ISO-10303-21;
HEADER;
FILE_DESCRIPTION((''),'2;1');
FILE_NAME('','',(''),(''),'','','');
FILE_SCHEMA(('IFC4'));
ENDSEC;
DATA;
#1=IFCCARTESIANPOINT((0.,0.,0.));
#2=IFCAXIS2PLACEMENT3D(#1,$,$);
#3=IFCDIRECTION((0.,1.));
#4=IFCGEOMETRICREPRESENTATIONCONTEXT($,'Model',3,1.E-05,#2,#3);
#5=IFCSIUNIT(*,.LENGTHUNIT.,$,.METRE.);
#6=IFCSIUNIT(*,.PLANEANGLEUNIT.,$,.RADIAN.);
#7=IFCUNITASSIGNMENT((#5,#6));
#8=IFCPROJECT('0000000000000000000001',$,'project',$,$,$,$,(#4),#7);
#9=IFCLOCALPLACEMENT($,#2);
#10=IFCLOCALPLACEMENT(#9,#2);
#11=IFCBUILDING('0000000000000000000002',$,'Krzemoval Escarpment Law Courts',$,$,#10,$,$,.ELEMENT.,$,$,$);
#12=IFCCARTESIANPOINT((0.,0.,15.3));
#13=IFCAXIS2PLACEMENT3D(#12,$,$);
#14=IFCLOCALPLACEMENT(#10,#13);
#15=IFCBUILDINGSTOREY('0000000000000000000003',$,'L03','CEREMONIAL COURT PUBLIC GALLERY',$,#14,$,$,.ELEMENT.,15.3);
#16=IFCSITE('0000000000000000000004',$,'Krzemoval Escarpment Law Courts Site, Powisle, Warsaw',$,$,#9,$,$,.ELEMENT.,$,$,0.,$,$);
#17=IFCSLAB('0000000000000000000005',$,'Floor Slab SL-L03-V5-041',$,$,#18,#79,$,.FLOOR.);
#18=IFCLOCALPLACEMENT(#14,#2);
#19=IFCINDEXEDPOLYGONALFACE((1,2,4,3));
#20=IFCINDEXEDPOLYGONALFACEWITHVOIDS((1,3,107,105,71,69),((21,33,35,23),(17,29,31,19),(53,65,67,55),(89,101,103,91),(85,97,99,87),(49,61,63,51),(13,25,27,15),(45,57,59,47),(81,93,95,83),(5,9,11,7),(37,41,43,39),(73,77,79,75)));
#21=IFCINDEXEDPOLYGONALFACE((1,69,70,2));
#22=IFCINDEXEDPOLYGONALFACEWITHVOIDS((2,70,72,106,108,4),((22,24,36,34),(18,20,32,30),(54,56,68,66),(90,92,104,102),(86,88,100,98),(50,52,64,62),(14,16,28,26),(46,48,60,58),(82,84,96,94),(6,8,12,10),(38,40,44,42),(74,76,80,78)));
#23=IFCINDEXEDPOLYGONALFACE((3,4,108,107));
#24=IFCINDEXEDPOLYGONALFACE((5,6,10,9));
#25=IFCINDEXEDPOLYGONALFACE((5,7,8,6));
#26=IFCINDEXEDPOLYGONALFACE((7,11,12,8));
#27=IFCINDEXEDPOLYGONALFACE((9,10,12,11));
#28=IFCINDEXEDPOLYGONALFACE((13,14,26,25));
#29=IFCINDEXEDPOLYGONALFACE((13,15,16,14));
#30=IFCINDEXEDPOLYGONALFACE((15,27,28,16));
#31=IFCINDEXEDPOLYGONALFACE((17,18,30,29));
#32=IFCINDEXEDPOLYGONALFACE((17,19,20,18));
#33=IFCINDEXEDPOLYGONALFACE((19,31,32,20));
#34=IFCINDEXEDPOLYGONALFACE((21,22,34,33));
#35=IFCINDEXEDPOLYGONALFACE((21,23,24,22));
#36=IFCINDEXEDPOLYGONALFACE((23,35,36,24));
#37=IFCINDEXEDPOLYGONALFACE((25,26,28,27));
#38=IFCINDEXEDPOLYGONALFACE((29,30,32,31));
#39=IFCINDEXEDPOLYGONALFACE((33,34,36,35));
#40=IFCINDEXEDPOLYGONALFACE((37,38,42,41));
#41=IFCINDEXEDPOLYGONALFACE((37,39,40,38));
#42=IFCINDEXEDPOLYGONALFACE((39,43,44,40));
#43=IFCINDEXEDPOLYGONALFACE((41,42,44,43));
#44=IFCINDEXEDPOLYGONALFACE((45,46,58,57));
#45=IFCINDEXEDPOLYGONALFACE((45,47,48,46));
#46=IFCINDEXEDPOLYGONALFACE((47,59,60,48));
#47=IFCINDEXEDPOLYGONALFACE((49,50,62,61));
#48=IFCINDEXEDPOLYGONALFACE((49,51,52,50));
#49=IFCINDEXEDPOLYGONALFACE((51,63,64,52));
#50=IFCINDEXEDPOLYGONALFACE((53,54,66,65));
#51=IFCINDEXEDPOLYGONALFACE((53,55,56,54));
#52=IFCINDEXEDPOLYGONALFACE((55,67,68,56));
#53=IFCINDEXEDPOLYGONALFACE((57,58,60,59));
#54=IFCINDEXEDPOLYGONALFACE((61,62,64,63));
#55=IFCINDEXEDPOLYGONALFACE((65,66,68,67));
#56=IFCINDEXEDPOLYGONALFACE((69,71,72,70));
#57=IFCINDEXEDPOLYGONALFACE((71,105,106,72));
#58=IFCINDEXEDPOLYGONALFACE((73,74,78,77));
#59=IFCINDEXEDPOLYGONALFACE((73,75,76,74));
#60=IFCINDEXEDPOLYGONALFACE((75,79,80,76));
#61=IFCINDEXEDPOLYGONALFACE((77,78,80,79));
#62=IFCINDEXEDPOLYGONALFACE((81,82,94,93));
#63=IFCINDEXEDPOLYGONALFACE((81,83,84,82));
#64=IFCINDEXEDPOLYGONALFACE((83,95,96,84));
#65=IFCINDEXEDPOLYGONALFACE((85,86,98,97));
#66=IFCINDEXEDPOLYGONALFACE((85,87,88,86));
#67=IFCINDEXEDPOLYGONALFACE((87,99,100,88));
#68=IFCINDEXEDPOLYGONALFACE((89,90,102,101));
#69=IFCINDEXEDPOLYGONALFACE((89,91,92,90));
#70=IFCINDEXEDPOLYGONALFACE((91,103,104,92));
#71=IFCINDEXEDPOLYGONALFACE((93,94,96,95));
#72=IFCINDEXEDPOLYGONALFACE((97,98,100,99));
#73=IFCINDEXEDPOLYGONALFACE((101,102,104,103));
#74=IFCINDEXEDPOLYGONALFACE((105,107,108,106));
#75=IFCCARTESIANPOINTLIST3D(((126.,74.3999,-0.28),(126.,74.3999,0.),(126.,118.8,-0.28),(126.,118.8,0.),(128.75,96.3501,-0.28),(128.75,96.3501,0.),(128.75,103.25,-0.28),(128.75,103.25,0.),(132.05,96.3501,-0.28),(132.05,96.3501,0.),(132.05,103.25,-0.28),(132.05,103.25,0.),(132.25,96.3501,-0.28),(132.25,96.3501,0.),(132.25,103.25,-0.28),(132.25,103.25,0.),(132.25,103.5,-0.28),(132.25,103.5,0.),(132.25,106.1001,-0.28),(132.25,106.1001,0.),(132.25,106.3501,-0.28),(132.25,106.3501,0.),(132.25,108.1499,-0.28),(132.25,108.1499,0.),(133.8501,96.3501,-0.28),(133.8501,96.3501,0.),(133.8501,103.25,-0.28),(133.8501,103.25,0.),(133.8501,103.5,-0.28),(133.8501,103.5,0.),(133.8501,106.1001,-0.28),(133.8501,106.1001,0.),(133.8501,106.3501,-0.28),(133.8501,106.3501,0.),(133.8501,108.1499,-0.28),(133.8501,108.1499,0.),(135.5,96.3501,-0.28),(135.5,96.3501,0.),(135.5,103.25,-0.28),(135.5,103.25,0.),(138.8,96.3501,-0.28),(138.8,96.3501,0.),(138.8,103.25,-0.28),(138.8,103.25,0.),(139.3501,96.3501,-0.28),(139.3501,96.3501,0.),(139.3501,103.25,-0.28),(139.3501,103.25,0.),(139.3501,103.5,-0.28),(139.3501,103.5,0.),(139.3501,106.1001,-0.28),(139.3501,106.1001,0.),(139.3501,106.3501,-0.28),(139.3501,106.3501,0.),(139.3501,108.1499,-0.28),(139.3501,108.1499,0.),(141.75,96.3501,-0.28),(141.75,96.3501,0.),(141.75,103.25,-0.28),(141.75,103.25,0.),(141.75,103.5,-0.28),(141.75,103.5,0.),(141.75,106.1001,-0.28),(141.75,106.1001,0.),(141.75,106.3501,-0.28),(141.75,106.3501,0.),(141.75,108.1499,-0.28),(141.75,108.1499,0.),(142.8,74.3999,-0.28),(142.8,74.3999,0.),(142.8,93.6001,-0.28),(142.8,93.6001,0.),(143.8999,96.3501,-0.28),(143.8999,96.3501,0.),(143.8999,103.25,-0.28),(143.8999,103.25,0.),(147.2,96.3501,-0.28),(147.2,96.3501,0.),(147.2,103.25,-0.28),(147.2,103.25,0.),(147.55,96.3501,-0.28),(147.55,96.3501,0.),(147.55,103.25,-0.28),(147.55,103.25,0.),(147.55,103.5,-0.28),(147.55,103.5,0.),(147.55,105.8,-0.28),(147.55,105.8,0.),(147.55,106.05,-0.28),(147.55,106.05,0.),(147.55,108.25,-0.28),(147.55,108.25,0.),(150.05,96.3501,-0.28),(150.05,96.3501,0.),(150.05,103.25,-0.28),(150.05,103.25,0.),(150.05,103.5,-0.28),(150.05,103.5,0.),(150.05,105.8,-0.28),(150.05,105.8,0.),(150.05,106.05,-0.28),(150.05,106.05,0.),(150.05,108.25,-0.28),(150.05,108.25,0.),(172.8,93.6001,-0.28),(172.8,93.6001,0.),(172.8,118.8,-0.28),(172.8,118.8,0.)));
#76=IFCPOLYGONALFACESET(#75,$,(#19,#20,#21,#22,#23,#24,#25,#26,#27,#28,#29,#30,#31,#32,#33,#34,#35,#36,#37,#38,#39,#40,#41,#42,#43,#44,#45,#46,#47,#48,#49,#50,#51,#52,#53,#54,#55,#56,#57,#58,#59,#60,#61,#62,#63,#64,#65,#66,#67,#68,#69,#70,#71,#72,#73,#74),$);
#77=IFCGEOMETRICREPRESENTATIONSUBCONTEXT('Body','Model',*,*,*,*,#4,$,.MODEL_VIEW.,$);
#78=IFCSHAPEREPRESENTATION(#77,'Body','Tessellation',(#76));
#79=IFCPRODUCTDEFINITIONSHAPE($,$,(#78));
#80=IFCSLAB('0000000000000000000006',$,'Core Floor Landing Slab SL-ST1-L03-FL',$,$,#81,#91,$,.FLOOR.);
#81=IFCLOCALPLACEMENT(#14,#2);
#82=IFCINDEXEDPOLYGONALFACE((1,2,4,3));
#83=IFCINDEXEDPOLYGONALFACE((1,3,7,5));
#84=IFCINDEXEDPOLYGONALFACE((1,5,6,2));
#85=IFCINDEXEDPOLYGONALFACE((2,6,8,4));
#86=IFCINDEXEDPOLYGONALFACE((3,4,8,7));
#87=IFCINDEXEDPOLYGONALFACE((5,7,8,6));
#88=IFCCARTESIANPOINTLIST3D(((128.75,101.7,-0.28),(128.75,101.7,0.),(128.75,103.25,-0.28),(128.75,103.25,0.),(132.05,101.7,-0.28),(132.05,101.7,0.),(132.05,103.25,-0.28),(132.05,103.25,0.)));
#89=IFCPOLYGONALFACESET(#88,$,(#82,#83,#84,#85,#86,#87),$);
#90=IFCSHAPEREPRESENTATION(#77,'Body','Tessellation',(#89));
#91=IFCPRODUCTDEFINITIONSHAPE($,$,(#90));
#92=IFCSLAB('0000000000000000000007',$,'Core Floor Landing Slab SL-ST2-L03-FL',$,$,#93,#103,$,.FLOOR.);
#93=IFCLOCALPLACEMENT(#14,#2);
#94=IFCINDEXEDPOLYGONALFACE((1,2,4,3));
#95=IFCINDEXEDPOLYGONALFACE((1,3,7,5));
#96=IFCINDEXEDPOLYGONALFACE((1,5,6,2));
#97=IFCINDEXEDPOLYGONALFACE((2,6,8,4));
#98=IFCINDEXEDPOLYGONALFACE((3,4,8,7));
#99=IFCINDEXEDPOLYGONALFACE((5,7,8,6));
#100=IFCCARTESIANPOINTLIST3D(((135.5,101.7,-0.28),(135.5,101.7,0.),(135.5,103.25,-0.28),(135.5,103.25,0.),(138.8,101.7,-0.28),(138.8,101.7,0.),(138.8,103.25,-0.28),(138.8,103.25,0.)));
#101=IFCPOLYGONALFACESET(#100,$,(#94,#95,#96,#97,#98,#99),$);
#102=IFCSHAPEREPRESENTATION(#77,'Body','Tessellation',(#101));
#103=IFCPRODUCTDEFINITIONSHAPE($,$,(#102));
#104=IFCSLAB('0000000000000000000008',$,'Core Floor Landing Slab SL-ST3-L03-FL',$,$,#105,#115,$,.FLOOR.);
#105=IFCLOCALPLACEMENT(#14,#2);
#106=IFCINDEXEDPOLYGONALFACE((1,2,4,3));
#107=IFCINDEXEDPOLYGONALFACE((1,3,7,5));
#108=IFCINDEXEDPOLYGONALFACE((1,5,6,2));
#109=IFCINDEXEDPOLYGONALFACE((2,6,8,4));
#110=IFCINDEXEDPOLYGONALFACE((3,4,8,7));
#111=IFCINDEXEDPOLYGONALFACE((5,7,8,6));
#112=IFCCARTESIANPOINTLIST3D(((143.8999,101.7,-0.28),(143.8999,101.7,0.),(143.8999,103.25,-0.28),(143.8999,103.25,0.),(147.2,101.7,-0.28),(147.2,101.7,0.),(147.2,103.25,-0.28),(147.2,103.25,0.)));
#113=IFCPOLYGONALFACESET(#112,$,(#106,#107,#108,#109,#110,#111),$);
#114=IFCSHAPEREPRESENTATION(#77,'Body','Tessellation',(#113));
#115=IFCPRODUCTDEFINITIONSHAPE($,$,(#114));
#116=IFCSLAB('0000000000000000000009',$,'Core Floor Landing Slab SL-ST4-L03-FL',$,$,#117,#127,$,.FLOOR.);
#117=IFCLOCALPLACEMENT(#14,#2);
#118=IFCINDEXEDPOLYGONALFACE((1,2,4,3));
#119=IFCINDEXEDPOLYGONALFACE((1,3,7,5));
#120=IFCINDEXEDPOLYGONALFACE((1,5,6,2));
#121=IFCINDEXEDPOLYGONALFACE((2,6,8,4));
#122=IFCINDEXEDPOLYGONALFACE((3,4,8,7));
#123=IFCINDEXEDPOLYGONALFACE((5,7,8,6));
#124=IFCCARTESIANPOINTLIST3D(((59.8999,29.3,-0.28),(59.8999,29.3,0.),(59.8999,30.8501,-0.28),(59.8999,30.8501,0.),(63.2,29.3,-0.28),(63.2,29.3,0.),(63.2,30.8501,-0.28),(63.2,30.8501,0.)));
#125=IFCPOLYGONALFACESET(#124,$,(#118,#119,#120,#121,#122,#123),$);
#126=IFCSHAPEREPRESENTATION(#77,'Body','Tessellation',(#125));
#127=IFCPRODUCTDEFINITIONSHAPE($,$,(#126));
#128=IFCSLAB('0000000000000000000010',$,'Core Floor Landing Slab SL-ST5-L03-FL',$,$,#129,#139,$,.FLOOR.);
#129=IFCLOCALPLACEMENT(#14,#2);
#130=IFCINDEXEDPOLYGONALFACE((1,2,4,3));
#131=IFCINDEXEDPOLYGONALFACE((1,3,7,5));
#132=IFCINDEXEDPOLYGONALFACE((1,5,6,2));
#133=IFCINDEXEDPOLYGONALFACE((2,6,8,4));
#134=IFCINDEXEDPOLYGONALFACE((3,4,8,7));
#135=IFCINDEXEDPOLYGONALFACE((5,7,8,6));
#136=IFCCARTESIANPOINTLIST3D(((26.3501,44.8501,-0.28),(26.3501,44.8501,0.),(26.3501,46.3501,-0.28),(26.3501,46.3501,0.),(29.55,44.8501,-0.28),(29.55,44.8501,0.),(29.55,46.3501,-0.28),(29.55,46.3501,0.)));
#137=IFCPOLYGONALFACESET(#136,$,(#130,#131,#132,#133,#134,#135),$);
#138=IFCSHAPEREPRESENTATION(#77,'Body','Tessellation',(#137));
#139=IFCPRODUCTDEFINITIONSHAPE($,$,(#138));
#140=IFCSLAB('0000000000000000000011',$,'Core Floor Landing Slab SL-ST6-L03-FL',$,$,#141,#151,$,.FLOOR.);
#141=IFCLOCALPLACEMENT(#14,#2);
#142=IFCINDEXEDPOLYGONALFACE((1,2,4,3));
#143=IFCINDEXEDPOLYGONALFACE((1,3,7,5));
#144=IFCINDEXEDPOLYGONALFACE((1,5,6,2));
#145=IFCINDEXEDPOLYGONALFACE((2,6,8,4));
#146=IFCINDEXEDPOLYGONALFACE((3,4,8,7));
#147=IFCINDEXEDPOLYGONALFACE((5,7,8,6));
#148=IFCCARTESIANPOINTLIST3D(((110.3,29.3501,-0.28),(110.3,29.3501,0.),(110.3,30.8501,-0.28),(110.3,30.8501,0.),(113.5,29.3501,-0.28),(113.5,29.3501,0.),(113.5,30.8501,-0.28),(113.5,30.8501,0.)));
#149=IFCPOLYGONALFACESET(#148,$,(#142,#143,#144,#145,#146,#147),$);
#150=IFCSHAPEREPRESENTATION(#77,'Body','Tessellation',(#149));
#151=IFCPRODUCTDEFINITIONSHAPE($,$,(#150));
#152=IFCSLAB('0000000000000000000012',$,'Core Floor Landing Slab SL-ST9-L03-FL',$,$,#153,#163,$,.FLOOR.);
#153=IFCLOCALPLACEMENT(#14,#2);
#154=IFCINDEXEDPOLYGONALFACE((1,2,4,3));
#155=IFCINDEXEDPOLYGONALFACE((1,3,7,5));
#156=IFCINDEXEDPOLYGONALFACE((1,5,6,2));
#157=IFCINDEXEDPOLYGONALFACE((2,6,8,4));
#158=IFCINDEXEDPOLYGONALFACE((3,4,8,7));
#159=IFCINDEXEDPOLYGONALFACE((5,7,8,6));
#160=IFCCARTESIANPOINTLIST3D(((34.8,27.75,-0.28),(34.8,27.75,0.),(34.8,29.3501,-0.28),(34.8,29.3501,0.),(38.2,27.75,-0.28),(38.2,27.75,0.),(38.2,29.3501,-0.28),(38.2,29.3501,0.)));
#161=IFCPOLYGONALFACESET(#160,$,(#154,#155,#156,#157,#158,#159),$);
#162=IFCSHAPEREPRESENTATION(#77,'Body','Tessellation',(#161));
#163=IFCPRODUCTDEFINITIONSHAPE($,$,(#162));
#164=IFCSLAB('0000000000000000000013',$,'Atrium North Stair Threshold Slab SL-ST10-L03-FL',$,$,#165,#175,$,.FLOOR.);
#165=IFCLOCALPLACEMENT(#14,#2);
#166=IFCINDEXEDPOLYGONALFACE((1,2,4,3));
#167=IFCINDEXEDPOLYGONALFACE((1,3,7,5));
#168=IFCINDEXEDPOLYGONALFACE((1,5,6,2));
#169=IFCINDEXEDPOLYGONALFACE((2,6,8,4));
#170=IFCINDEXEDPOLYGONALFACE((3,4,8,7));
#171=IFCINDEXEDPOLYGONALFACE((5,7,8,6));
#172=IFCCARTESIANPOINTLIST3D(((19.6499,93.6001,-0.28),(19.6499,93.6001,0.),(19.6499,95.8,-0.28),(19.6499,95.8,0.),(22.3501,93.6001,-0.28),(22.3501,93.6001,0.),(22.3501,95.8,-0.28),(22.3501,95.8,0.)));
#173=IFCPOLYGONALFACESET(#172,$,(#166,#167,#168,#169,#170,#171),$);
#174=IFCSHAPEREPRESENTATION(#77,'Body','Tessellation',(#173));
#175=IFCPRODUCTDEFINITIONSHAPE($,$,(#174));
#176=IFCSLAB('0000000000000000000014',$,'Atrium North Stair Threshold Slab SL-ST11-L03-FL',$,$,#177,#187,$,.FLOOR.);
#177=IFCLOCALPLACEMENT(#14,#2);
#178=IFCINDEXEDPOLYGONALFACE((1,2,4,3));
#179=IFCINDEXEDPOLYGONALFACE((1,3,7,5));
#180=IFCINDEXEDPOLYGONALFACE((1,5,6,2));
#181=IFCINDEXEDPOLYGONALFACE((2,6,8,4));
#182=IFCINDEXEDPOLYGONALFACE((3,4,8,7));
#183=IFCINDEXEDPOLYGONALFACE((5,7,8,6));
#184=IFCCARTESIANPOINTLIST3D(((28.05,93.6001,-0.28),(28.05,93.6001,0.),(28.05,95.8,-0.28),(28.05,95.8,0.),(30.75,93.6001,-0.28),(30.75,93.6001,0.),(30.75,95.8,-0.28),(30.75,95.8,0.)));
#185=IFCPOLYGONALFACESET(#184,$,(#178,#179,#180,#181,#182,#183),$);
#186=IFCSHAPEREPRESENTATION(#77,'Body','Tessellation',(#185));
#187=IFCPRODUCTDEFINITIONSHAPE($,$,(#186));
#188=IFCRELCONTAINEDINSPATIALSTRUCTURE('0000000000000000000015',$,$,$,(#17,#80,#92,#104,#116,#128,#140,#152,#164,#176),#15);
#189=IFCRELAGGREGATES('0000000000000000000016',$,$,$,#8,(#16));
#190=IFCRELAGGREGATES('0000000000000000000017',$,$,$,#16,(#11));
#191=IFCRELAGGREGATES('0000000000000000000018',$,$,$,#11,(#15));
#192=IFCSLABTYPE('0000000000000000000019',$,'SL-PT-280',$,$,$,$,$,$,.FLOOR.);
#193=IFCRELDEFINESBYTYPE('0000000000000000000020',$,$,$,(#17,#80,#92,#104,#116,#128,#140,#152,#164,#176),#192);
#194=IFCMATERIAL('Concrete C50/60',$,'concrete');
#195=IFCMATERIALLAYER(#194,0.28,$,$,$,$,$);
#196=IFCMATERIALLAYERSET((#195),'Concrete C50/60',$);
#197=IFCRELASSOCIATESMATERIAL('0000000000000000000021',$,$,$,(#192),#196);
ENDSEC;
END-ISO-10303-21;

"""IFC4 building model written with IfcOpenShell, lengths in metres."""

from ifc_helpers import new_model, si_unit, direction, frame, origin, place, context, subcontext, project, spatial, polyline, outline, extrude, material, layer, layer_set, type_object, element, save


model = new_model("IFC4")

# Units and contexts
model_context = context("Model", 3, precision=1e-05, world=origin(), true_north=direction((0.0, 1.0)))
body_context = subcontext(model_context, "Body", "Model", "MODEL_VIEW")
ifc_project = project(units=[si_unit("LENGTHUNIT", "METRE"), si_unit("PLANEANGLEUNIT", "RADIAN")], contexts=[model_context])

# Site, building, storey
site_placement = place(None, origin())
site = spatial("IfcSite", under=ifc_project, at=site_placement, Name="Krzemoval Escarpment Law Courts Site, Powisle, Warsaw", CompositionType="ELEMENT", RefElevation=0.0)
building_placement = place(site_placement, origin())
building = spatial("IfcBuilding", under=site, at=building_placement, Name="Krzemoval Escarpment Law Courts", CompositionType="ELEMENT")
storey_placement = place(building_placement, frame((0.0, 0.0, 15.3)))
storey = spatial("IfcBuildingStorey", under=building, at=storey_placement, Name="L03", Description="CEREMONIAL COURT PUBLIC GALLERY", CompositionType="ELEMENT", Elevation=15.3)

# Slabs
ifc_material_1 = material(Name="Concrete C50/60", Category="concrete")
ifc_layer_1 = layer(ifc_material_1, 0.28)
ifc_layer_set_1 = layer_set([ifc_layer_1], Name="Concrete C50/60")
slab_type_1 = type_object("IfcSlabType", Name="SL-PT-280", PredefinedType="FLOOR", material=ifc_layer_set_1)
slab_1_placement = place(storey_placement, frame((0.0, 0.0, -0.28)))
element("IfcSlab", 1, at=slab_1_placement, inside=storey, type_object=slab_type_1, Name="Floor Slab SL-L03-V5-041", PredefinedType="FLOOR", context=body_context, shape_type="SweptSolid", body=[
    extrude(outline(polyline([(142.8, 93.6001), (142.8, 74.3999), (126.0, 74.3999), (126.0, 118.8), (172.8, 118.8), (172.8, 93.6001), (142.8, 93.6001)]), holes=[polyline([(133.8501, 103.5), (133.8501, 106.1001), (132.25, 106.1001), (132.25, 103.5), (133.8501, 103.5)]), polyline([(132.25, 106.3501), (133.8501, 106.3501), (133.8501, 108.1499), (132.25, 108.1499), (132.25, 106.3501)]), polyline([(132.25, 103.25), (132.25, 96.3501), (133.8501, 96.3501), (133.8501, 103.25), (132.25, 103.25)]), polyline([(141.75, 106.1001), (139.3501, 106.1001), (139.3501, 103.5), (141.75, 103.5), (141.75, 106.1001)]), polyline([(141.75, 106.3501), (141.75, 108.1499), (139.3501, 108.1499), (139.3501, 106.3501), (141.75, 106.3501)]), polyline([(139.3501, 96.3501), (141.75, 96.3501), (141.75, 103.25), (139.3501, 103.25), (139.3501, 96.3501)]), polyline([(147.55, 105.8), (147.55, 103.5), (150.05, 103.5), (150.05, 105.8), (147.55, 105.8)]), polyline([(150.05, 108.25), (147.55, 108.25), (147.55, 106.05), (150.05, 106.05), (150.05, 108.25)]), polyline([(150.05, 96.3501), (150.05, 103.25), (147.55, 103.25), (147.55, 96.3501), (150.05, 96.3501)]), polyline([(128.75, 96.3501), (132.05, 96.3501), (132.05, 103.25), (128.75, 103.25), (128.75, 96.3501)]), polyline([(135.5, 103.25), (135.5, 96.3501), (138.8, 96.3501), (138.8, 103.25), (135.5, 103.25)]), polyline([(147.2, 103.25), (143.8999, 103.25), (143.8999, 96.3501), (147.2, 96.3501), (147.2, 103.25)])]), origin(), (0.0, 0.0, 1.0), 0.28),
])
slab_2_placement = place(storey_placement, frame((0.0, 0.0, -0.28)))
element("IfcSlab", 2, at=slab_2_placement, inside=storey, type_object=slab_type_1, Name="Core Floor Landing Slab SL-ST1-L03-FL", PredefinedType="FLOOR", context=body_context, shape_type="SweptSolid", body=[
    extrude(outline(polyline([(128.75, 103.25), (128.75, 101.7), (132.05, 101.7), (132.05, 103.25), (128.75, 103.25)])), origin(), (0.0, 0.0, 1.0), 0.28),
])
slab_3_placement = place(storey_placement, frame((0.0, 0.0, -0.28)))
element("IfcSlab", 3, at=slab_3_placement, inside=storey, type_object=slab_type_1, Name="Core Floor Landing Slab SL-ST2-L03-FL", PredefinedType="FLOOR", context=body_context, shape_type="SweptSolid", body=[
    extrude(outline(polyline([(135.5, 103.25), (135.5, 101.7), (138.8, 101.7), (138.8, 103.25), (135.5, 103.25)])), origin(), (0.0, 0.0, 1.0), 0.28),
])
slab_4_placement = place(storey_placement, frame((0.0, 0.0, -0.28)))
element("IfcSlab", 4, at=slab_4_placement, inside=storey, type_object=slab_type_1, Name="Core Floor Landing Slab SL-ST3-L03-FL", PredefinedType="FLOOR", context=body_context, shape_type="SweptSolid", body=[
    extrude(outline(polyline([(143.8999, 103.25), (143.8999, 101.7), (147.2, 101.7), (147.2, 103.25), (143.8999, 103.25)])), origin(), (0.0, 0.0, 1.0), 0.28),
])
slab_5_placement = place(storey_placement, frame((0.0, 0.0, -0.28)))
element("IfcSlab", 5, at=slab_5_placement, inside=storey, type_object=slab_type_1, Name="Core Floor Landing Slab SL-ST4-L03-FL", PredefinedType="FLOOR", context=body_context, shape_type="SweptSolid", body=[
    extrude(outline(polyline([(59.8999, 30.8501), (59.8999, 29.3), (63.2, 29.3), (63.2, 30.8501), (59.8999, 30.8501)])), origin(), (0.0, 0.0, 1.0), 0.28),
])
slab_6_placement = place(storey_placement, frame((0.0, 0.0, -0.28)))
element("IfcSlab", 6, at=slab_6_placement, inside=storey, type_object=slab_type_1, Name="Core Floor Landing Slab SL-ST5-L03-FL", PredefinedType="FLOOR", context=body_context, shape_type="SweptSolid", body=[
    extrude(outline(polyline([(26.3501, 46.3501), (26.3501, 44.8501), (29.55, 44.8501), (29.55, 46.3501), (26.3501, 46.3501)])), origin(), (0.0, 0.0, 1.0), 0.28),
])
slab_7_placement = place(storey_placement, frame((0.0, 0.0, -0.28)))
element("IfcSlab", 7, at=slab_7_placement, inside=storey, type_object=slab_type_1, Name="Core Floor Landing Slab SL-ST6-L03-FL", PredefinedType="FLOOR", context=body_context, shape_type="SweptSolid", body=[
    extrude(outline(polyline([(110.3, 30.8501), (110.3, 29.3501), (113.5, 29.3501), (113.5, 30.8501), (110.3, 30.8501)])), origin(), (0.0, 0.0, 1.0), 0.28),
])
slab_8_placement = place(storey_placement, frame((0.0, 0.0, -0.28)))
element("IfcSlab", 8, at=slab_8_placement, inside=storey, type_object=slab_type_1, Name="Core Floor Landing Slab SL-ST9-L03-FL", PredefinedType="FLOOR", context=body_context, shape_type="SweptSolid", body=[
    extrude(outline(polyline([(38.2, 27.75), (38.2, 29.3501), (34.8, 29.3501), (34.8, 27.75), (38.2, 27.75)])), origin(), (0.0, 0.0, 1.0), 0.28),
])
slab_9_placement = place(storey_placement, frame((0.0, 0.0, -0.28)))
element("IfcSlab", 9, at=slab_9_placement, inside=storey, type_object=slab_type_1, Name="Atrium North Stair Threshold Slab SL-ST10-L03-FL", PredefinedType="FLOOR", context=body_context, shape_type="SweptSolid", body=[
    extrude(outline(polyline([(22.3501, 93.6001), (22.3501, 95.8), (19.6499, 95.8), (19.6499, 93.6001), (22.3501, 93.6001)])), origin(), (0.0, 0.0, 1.0), 0.28),
])
slab_10_placement = place(storey_placement, frame((0.0, 0.0, -0.28)))
element("IfcSlab", 10, at=slab_10_placement, inside=storey, type_object=slab_type_1, Name="Atrium North Stair Threshold Slab SL-ST11-L03-FL", PredefinedType="FLOOR", context=body_context, shape_type="SweptSolid", body=[
    extrude(outline(polyline([(30.75, 93.6001), (30.75, 95.8), (28.05, 95.8), (28.05, 93.6001), (30.75, 93.6001)])), origin(), (0.0, 0.0, 1.0), 0.28),
])

save(model, "model.ifc")
